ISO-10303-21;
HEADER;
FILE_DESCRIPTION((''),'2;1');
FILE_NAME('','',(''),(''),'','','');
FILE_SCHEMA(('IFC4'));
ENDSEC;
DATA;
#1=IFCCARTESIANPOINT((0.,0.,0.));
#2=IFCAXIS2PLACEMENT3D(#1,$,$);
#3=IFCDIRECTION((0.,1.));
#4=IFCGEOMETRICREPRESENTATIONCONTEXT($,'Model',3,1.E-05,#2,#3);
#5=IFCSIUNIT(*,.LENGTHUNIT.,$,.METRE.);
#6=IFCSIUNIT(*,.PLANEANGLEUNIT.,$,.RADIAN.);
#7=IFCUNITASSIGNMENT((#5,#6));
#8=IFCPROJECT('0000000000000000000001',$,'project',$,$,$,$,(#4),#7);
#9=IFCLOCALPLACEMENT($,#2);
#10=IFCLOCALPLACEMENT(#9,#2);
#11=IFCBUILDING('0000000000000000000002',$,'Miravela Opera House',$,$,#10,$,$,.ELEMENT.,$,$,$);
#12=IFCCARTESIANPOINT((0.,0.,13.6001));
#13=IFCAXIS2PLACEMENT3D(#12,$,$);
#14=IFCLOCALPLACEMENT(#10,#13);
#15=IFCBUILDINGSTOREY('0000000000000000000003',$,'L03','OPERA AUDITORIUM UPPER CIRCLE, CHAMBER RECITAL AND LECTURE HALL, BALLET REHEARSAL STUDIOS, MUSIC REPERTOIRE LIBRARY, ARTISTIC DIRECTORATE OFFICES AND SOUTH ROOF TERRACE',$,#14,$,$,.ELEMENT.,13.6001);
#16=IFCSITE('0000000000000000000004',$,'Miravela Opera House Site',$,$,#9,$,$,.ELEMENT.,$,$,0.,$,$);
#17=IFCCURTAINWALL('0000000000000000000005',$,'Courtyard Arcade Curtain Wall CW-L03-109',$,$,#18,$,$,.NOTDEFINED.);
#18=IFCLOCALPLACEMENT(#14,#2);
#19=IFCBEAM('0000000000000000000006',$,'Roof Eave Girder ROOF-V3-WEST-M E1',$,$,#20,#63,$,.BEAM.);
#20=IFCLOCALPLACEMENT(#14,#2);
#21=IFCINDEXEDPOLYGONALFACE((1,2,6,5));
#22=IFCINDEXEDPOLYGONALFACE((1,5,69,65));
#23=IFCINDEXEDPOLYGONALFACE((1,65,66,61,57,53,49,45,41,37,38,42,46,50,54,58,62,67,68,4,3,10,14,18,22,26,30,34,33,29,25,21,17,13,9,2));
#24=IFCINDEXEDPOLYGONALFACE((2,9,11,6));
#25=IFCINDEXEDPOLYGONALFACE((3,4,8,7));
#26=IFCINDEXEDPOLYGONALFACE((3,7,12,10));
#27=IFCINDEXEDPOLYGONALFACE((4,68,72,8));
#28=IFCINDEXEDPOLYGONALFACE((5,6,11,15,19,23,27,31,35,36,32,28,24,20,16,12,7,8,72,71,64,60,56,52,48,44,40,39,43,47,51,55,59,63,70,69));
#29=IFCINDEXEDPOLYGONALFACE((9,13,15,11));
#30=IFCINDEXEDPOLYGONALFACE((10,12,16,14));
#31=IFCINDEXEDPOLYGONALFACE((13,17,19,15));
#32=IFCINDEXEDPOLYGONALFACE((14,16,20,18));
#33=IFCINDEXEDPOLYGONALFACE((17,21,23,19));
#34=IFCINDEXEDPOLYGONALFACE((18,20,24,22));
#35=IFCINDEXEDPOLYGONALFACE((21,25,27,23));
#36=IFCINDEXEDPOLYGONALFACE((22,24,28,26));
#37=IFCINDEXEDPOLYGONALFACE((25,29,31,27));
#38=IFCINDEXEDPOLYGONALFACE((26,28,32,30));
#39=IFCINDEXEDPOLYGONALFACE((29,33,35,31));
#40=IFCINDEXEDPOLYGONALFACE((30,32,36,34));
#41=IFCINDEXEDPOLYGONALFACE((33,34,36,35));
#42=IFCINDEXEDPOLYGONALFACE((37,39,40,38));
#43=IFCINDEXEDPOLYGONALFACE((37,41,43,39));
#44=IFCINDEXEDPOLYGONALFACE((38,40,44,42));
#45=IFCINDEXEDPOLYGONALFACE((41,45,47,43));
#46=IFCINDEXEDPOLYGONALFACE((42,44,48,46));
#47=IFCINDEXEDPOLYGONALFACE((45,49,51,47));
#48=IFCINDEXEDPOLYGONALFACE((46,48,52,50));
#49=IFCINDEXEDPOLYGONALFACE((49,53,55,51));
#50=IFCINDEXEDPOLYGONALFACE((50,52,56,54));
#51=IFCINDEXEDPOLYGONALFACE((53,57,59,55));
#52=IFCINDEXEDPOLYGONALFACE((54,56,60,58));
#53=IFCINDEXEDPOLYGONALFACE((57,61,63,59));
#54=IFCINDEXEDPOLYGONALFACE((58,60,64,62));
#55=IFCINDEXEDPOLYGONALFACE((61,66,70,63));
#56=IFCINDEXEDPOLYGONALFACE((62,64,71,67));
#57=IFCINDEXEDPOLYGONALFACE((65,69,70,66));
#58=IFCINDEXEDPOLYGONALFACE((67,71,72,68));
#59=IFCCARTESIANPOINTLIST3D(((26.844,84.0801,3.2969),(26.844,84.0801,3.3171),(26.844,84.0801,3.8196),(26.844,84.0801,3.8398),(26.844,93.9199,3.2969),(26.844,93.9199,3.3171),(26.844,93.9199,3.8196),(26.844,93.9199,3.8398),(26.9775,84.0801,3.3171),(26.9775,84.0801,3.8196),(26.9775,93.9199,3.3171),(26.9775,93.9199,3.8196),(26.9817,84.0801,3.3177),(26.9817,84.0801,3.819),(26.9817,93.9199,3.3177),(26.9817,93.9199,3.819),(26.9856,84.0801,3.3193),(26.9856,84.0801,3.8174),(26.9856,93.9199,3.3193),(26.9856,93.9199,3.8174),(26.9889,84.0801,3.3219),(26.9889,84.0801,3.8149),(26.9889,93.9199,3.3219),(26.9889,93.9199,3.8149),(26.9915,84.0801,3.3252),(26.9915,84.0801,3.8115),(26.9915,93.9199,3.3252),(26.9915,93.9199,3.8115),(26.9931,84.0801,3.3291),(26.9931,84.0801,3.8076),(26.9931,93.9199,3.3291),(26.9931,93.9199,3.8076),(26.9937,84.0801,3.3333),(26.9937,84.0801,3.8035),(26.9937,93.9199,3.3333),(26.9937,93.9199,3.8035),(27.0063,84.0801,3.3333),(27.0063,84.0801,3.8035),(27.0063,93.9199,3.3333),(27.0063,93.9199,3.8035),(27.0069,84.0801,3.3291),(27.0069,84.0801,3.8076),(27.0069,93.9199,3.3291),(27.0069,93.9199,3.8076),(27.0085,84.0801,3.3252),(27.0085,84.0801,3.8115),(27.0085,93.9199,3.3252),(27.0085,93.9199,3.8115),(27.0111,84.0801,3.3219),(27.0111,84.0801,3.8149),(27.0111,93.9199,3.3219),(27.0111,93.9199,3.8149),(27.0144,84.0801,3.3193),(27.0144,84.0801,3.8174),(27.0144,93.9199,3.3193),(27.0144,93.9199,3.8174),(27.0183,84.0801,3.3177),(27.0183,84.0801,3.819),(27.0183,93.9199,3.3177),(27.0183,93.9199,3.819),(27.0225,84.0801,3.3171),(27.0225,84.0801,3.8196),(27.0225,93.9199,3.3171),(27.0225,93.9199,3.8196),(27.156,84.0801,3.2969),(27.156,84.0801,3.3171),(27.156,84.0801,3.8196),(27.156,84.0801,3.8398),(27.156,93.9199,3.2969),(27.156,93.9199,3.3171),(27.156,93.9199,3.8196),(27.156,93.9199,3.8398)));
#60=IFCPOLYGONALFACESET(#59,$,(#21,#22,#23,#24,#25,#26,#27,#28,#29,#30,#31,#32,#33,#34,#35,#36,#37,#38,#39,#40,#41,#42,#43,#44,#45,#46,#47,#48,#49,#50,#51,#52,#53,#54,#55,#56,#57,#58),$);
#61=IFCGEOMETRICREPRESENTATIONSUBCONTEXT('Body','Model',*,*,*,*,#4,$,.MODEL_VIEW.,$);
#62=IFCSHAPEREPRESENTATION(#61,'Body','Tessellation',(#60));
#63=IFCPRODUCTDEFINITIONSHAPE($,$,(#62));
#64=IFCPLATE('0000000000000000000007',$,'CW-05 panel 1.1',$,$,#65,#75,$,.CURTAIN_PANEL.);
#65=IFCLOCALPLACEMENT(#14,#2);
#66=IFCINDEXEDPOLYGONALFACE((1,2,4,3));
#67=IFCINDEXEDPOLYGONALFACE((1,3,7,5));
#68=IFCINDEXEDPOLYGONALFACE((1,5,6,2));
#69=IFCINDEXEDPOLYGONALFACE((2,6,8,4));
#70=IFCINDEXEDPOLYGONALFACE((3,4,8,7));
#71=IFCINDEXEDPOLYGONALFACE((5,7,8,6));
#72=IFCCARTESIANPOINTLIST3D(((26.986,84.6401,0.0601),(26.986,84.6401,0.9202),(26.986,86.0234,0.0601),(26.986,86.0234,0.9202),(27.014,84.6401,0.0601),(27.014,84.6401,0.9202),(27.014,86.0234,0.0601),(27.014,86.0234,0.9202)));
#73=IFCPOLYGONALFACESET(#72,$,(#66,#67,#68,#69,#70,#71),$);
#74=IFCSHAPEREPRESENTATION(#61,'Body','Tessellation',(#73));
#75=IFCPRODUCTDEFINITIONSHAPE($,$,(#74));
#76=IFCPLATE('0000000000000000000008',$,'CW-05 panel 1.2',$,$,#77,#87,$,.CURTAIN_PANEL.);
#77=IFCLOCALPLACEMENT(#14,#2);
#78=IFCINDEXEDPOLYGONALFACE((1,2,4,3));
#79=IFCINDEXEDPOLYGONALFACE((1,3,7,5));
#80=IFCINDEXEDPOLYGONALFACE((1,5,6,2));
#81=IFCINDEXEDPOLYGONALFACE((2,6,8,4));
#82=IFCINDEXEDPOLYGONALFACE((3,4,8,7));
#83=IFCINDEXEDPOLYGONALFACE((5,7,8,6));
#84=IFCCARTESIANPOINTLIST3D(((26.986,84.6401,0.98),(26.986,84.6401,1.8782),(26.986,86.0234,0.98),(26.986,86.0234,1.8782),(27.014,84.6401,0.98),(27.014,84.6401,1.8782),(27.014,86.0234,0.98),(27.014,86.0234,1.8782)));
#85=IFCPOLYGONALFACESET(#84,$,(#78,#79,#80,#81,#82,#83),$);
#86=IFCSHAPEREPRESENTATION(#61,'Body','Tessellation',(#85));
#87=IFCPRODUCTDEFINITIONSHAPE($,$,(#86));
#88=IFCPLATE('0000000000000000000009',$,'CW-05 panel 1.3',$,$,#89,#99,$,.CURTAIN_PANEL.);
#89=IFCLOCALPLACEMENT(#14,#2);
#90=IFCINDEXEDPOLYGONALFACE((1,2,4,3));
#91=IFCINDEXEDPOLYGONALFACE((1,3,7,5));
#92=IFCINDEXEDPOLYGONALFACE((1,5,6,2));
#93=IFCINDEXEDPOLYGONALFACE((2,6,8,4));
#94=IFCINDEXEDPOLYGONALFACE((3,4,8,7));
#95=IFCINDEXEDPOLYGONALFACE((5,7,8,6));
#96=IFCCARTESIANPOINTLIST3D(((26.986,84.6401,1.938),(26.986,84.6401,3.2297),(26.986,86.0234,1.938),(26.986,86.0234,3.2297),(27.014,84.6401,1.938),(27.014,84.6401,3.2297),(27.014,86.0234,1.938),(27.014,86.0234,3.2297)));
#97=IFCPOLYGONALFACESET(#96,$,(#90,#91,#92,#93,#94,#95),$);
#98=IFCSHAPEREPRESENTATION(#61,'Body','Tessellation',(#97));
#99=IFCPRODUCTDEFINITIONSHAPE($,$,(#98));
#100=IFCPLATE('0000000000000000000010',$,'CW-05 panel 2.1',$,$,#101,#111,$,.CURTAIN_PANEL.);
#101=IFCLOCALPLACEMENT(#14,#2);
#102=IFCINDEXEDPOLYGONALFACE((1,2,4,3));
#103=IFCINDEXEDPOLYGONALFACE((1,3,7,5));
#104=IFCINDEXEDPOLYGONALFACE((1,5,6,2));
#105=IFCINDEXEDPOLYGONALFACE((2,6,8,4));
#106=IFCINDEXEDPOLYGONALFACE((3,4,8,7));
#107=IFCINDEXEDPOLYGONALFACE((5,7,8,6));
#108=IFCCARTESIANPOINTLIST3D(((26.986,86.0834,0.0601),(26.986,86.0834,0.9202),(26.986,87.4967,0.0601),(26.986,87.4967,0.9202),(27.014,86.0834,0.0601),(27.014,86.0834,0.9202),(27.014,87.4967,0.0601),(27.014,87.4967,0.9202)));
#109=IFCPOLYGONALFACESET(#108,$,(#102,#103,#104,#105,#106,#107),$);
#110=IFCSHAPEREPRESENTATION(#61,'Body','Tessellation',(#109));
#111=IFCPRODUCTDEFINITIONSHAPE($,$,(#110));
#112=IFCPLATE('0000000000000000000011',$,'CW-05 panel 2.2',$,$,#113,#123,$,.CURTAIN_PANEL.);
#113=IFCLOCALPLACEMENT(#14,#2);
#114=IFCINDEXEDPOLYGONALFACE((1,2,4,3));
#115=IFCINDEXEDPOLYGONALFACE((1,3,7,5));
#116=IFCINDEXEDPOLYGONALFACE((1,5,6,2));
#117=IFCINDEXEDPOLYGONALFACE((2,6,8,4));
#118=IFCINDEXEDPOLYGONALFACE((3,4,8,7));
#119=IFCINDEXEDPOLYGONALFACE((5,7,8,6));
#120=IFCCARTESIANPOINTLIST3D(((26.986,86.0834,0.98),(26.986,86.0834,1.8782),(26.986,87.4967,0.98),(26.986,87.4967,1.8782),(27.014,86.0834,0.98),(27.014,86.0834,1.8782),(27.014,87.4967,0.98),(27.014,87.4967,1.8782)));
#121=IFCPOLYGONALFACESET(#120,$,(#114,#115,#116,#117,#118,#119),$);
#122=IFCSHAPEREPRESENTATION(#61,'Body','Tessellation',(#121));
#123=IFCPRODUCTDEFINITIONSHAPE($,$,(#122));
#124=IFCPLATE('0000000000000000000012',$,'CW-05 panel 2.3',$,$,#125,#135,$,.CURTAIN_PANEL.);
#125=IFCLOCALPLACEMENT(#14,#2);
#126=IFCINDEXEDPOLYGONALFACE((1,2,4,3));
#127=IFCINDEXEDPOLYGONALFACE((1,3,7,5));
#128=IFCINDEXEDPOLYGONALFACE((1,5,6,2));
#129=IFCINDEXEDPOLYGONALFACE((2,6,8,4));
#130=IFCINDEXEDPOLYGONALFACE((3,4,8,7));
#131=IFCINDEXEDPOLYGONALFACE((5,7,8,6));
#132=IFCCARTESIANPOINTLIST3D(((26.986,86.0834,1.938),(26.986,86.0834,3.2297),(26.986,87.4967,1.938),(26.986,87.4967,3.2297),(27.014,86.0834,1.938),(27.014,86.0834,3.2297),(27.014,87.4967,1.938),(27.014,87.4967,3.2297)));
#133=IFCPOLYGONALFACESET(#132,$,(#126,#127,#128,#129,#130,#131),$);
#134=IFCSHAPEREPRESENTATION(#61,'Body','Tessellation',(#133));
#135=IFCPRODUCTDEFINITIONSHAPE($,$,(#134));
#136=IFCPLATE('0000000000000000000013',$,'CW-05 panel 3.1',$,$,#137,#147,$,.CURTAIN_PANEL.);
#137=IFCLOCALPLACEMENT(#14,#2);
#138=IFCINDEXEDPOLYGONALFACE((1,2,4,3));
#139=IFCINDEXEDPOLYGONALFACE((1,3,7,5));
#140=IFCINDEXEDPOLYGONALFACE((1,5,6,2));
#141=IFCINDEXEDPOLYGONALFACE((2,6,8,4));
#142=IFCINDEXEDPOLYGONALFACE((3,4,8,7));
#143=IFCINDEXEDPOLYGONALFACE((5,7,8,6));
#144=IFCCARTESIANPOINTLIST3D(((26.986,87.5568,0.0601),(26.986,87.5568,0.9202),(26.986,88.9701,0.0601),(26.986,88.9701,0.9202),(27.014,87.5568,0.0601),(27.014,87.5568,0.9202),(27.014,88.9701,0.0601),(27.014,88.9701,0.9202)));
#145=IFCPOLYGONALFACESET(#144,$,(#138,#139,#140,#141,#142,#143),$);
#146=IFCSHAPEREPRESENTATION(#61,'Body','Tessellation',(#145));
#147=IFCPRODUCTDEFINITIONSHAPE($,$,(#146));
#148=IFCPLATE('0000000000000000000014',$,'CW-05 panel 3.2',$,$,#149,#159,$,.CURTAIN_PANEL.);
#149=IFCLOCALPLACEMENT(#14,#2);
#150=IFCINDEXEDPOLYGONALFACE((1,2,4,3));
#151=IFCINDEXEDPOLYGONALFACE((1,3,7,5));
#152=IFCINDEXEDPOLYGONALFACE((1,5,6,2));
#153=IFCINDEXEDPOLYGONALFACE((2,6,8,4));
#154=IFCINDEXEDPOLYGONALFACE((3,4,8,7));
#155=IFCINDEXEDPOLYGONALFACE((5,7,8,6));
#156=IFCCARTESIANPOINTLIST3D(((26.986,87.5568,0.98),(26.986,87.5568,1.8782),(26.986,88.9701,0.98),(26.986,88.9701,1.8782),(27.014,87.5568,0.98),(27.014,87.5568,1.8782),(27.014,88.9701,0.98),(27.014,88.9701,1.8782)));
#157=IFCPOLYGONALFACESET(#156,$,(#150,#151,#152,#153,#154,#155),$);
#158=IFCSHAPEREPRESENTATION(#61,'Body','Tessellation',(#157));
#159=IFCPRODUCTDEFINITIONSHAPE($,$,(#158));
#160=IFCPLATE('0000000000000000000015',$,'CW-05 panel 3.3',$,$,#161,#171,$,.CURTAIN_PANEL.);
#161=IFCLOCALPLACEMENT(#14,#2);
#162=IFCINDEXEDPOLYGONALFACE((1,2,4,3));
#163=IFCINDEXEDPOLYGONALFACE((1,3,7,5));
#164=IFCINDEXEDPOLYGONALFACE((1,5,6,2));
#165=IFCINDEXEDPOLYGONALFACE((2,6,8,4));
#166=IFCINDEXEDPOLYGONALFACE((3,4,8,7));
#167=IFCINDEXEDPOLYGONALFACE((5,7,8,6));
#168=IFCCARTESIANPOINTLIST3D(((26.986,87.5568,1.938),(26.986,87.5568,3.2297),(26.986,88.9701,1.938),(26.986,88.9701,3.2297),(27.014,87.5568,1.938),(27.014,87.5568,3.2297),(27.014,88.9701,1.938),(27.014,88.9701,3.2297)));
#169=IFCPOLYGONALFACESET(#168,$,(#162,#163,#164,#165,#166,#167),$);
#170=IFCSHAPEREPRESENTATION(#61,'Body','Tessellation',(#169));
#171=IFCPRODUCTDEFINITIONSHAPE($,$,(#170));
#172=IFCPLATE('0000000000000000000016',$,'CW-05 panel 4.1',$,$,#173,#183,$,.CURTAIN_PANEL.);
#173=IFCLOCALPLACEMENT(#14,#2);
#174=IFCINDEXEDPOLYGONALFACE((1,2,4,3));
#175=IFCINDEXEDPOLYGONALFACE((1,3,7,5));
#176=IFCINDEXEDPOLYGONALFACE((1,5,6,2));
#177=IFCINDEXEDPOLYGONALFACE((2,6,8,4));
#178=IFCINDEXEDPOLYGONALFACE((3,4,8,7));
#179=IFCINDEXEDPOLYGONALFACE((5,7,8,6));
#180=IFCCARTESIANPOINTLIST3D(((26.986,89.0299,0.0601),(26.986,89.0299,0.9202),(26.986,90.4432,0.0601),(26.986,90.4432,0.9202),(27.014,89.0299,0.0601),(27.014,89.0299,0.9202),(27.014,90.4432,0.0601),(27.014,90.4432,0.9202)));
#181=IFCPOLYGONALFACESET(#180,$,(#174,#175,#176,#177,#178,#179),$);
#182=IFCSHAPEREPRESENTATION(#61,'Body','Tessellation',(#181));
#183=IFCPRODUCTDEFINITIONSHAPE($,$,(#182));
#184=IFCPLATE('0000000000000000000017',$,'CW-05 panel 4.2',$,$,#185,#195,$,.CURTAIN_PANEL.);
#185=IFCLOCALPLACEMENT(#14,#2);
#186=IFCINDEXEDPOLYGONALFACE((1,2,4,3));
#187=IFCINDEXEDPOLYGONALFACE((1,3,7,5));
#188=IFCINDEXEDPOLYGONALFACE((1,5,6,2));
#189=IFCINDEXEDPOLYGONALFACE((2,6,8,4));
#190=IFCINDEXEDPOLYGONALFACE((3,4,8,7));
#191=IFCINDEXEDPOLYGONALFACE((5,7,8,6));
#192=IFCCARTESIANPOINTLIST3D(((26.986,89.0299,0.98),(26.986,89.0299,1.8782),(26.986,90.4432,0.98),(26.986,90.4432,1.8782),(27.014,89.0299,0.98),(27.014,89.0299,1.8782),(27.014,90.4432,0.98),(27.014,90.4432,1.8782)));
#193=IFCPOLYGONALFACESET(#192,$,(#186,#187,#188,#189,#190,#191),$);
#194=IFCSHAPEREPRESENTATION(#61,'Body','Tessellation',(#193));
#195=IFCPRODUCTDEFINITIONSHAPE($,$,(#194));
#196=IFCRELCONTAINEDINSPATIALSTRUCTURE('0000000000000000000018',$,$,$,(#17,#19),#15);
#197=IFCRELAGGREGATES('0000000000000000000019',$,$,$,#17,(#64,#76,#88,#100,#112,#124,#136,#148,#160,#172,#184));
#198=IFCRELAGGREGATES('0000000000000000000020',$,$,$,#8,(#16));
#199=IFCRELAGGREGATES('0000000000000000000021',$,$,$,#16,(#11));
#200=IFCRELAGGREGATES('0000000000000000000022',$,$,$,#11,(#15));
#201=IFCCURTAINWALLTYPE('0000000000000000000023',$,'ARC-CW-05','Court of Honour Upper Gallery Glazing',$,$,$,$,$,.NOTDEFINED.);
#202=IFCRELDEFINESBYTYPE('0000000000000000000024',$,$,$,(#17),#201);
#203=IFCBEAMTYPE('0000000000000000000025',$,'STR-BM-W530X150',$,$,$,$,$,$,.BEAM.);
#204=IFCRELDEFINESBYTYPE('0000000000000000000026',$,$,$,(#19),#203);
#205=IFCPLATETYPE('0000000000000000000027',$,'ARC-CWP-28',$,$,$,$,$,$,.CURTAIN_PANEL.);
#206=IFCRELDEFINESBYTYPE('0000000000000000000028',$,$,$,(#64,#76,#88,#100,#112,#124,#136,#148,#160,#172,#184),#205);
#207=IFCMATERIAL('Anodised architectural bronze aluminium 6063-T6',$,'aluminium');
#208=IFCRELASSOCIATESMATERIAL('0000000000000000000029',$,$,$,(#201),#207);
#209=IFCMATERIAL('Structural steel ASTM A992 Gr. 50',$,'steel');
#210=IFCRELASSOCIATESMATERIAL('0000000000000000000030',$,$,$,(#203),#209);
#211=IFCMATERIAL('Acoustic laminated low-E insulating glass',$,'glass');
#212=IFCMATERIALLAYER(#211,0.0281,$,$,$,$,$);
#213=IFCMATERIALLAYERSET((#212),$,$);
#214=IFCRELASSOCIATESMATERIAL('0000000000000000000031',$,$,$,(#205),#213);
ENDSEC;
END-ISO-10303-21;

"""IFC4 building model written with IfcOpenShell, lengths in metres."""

from ifc_helpers import new_model, si_unit, direction, frame, origin, origin_2d, place, context, subcontext, project, spatial, rectangle, i_section, extrude, material, layer, layer_set, material_profile, profile_set, type_object, element, aggregate, save


model = new_model("IFC4")

# Units and contexts
model_context = context("Model", 3, precision=1e-05, world=origin(), true_north=direction((0.0, 1.0)))
body_context = subcontext(model_context, "Body", "Model", "MODEL_VIEW")
ifc_project = project(units=[si_unit("LENGTHUNIT", "METRE"), si_unit("PLANEANGLEUNIT", "RADIAN")], contexts=[model_context])

# Site, building, storey
site_placement = place(None, origin())
site = spatial("IfcSite", under=ifc_project, at=site_placement, Name="Miravela Opera House Site", CompositionType="ELEMENT", RefElevation=0.0)
building_placement = place(site_placement, origin())
building = spatial("IfcBuilding", under=site, at=building_placement, Name="Miravela Opera House", CompositionType="ELEMENT")
storey_placement = place(building_placement, frame((0.0, 0.0, 13.6001)))
storey = spatial("IfcBuildingStorey", under=building, at=storey_placement, Name="L03", Description="OPERA AUDITORIUM UPPER CIRCLE, CHAMBER RECITAL AND LECTURE HALL, BALLET REHEARSAL STUDIOS, MUSIC REPERTOIRE LIBRARY, ARTISTIC DIRECTORATE OFFICES AND SOUTH ROOF TERRACE", CompositionType="ELEMENT", Elevation=13.6001)

# Curtain wall
ifc_material_1 = material(Name="Anodised architectural bronze aluminium 6063-T6", Category="aluminium")
curtain_wall_type = type_object("IfcCurtainWallType", Name="ARC-CW-05", Description="Court of Honour Upper Gallery Glazing", PredefinedType="NOTDEFINED", material=ifc_material_1)
curtain_wall_placement = place(storey_placement, origin())
curtain_wall = element("IfcCurtainWall", 1, at=curtain_wall_placement, inside=storey, type_object=curtain_wall_type, Name="Courtyard Arcade Curtain Wall CW-L03-109", PredefinedType="NOTDEFINED")

# Beam
ifc_material_2 = material(Name="Structural steel ASTM A992 Gr. 50", Category="steel")
ifc_material_profile_1 = material_profile(ifc_material_2, i_section(OverallWidth=0.312, OverallDepth=0.543, WebThickness=0.0127, FlangeThickness=0.0203, FilletRadius=0.0161, at=origin_2d()), Name="W530X150")
ifc_profile_set_1 = profile_set([ifc_material_profile_1])
beam_type = type_object("IfcBeamType", Name="STR-BM-W530X150", PredefinedType="BEAM", material=ifc_profile_set_1)
for number, where, z_axis, x_axis, name in (
    (2, (27.0, 84.0801, 3.5684), (0.0, 1.0, 0.0), (-1.0, 0.0, 0.0), "Roof Eave Girder ROOF-V3-WEST-M E1"),
):
    element("IfcBeam", number, at=place(storey_placement, frame(where, z_axis=z_axis, x_axis=x_axis)), inside=storey, type_object=beam_type, Name=name, PredefinedType="BEAM", context=body_context, shape_type="SweptSolid", body=[
        extrude(i_section(OverallWidth=0.312, OverallDepth=0.543, WebThickness=0.0127, FlangeThickness=0.0203, FilletRadius=0.0161, at=origin_2d()), origin(), (0.0, 0.0, 1.0), 9.8398),
    ])

# Plates
ifc_material_3 = material(Name="Acoustic laminated low-E insulating glass", Category="glass")
ifc_layer_1 = layer(ifc_material_3, 0.0281)
ifc_layer_set_1 = layer_set([ifc_layer_1])
plate_type = type_object("IfcPlateType", Name="ARC-CWP-28", PredefinedType="CURTAIN_PANEL", material=ifc_layer_set_1)
plate_1_placement = place(storey_placement, frame((27.0, 85.3318, 0.0601), z_axis=(0.0, 0.0, 1.0), x_axis=(0.0, 1.0, 0.0)))
plate_1 = element("IfcPlate", 3, at=plate_1_placement, type_object=plate_type, Name="CW-05 panel 1.1", PredefinedType="CURTAIN_PANEL", context=body_context, shape_type="SweptSolid", body=[
    extrude(rectangle(XDim=1.3833, YDim=0.0281, at=origin_2d()), origin(), (0.0, 0.0, 1.0), 0.8601),
])
plate_2_placement = place(storey_placement, frame((27.0, 85.3318, 0.98), z_axis=(0.0, 0.0, 1.0), x_axis=(0.0, 1.0, 0.0)))
plate_2 = element("IfcPlate", 4, at=plate_2_placement, type_object=plate_type, Name="CW-05 panel 1.2", PredefinedType="CURTAIN_PANEL", context=body_context, shape_type="SweptSolid", body=[
    extrude(rectangle(XDim=1.3833, YDim=0.0281, at=origin_2d()), origin(), (0.0, 0.0, 1.0), 0.8982),
])
plate_3_placement = place(storey_placement, frame((27.0, 85.3318, 1.938), z_axis=(0.0, 0.0, 1.0), x_axis=(0.0, 1.0, 0.0)))
plate_3 = element("IfcPlate", 5, at=plate_3_placement, type_object=plate_type, Name="CW-05 panel 1.3", PredefinedType="CURTAIN_PANEL", context=body_context, shape_type="SweptSolid", body=[
    extrude(rectangle(XDim=1.3833, YDim=0.0281, at=origin_2d()), origin(), (0.0, 0.0, 1.0), 1.2917),
])
plate_4_placement = place(storey_placement, frame((27.0, 86.79, 0.0601), z_axis=(0.0, 0.0, 1.0), x_axis=(0.0, 1.0, 0.0)))
plate_4 = element("IfcPlate", 6, at=plate_4_placement, type_object=plate_type, Name="CW-05 panel 2.1", PredefinedType="CURTAIN_PANEL", context=body_context, shape_type="SweptSolid", body=[
    extrude(rectangle(XDim=1.4133, YDim=0.0281, at=origin_2d()), origin(), (0.0, 0.0, 1.0), 0.8601),
])
plate_5_placement = place(storey_placement, frame((27.0, 86.79, 0.98), z_axis=(0.0, 0.0, 1.0), x_axis=(0.0, 1.0, 0.0)))
plate_5 = element("IfcPlate", 7, at=plate_5_placement, type_object=plate_type, Name="CW-05 panel 2.2", PredefinedType="CURTAIN_PANEL", context=body_context, shape_type="SweptSolid", body=[
    extrude(rectangle(XDim=1.4133, YDim=0.0281, at=origin_2d()), origin(), (0.0, 0.0, 1.0), 0.8982),
])
plate_6_placement = place(storey_placement, frame((27.0, 86.79, 1.938), z_axis=(0.0, 0.0, 1.0), x_axis=(0.0, 1.0, 0.0)))
plate_6 = element("IfcPlate", 8, at=plate_6_placement, type_object=plate_type, Name="CW-05 panel 2.3", PredefinedType="CURTAIN_PANEL", context=body_context, shape_type="SweptSolid", body=[
    extrude(rectangle(XDim=1.4133, YDim=0.0281, at=origin_2d()), origin(), (0.0, 0.0, 1.0), 1.2917),
])
plate_7_placement = place(storey_placement, frame((27.0, 88.2634, 0.0601), z_axis=(0.0, 0.0, 1.0), x_axis=(0.0, 1.0, 0.0)))
plate_7 = element("IfcPlate", 9, at=plate_7_placement, type_object=plate_type, Name="CW-05 panel 3.1", PredefinedType="CURTAIN_PANEL", context=body_context, shape_type="SweptSolid", body=[
    extrude(rectangle(XDim=1.4133, YDim=0.0281, at=origin_2d()), origin(), (0.0, 0.0, 1.0), 0.8601),
])
plate_8_placement = place(storey_placement, frame((27.0, 88.2634, 0.98), z_axis=(0.0, 0.0, 1.0), x_axis=(0.0, 1.0, 0.0)))
plate_8 = element("IfcPlate", 10, at=plate_8_placement, type_object=plate_type, Name="CW-05 panel 3.2", PredefinedType="CURTAIN_PANEL", context=body_context, shape_type="SweptSolid", body=[
    extrude(rectangle(XDim=1.4133, YDim=0.0281, at=origin_2d()), origin(), (0.0, 0.0, 1.0), 0.8982),
])
plate_9_placement = place(storey_placement, frame((27.0, 88.2634, 1.938), z_axis=(0.0, 0.0, 1.0), x_axis=(0.0, 1.0, 0.0)))
plate_9 = element("IfcPlate", 11, at=plate_9_placement, type_object=plate_type, Name="CW-05 panel 3.3", PredefinedType="CURTAIN_PANEL", context=body_context, shape_type="SweptSolid", body=[
    extrude(rectangle(XDim=1.4133, YDim=0.0281, at=origin_2d()), origin(), (0.0, 0.0, 1.0), 1.2917),
])
plate_10_placement = place(storey_placement, frame((27.0, 89.7366, 0.0601), z_axis=(0.0, 0.0, 1.0), x_axis=(0.0, 1.0, 0.0)))
plate_10 = element("IfcPlate", 12, at=plate_10_placement, type_object=plate_type, Name="CW-05 panel 4.1", PredefinedType="CURTAIN_PANEL", context=body_context, shape_type="SweptSolid", body=[
    extrude(rectangle(XDim=1.4133, YDim=0.0281, at=origin_2d()), origin(), (0.0, 0.0, 1.0), 0.8601),
])
plate_11_placement = place(storey_placement, frame((27.0, 89.7366, 0.98), z_axis=(0.0, 0.0, 1.0), x_axis=(0.0, 1.0, 0.0)))
plate_11 = element("IfcPlate", 13, at=plate_11_placement, type_object=plate_type, Name="CW-05 panel 4.2", PredefinedType="CURTAIN_PANEL", context=body_context, shape_type="SweptSolid", body=[
    extrude(rectangle(XDim=1.4133, YDim=0.0281, at=origin_2d()), origin(), (0.0, 0.0, 1.0), 0.8982),
])
aggregate(curtain_wall, [plate_1, plate_2, plate_3, plate_4, plate_5, plate_6, plate_7, plate_8, plate_9, plate_10, plate_11])

save(model, "model.ifc")
